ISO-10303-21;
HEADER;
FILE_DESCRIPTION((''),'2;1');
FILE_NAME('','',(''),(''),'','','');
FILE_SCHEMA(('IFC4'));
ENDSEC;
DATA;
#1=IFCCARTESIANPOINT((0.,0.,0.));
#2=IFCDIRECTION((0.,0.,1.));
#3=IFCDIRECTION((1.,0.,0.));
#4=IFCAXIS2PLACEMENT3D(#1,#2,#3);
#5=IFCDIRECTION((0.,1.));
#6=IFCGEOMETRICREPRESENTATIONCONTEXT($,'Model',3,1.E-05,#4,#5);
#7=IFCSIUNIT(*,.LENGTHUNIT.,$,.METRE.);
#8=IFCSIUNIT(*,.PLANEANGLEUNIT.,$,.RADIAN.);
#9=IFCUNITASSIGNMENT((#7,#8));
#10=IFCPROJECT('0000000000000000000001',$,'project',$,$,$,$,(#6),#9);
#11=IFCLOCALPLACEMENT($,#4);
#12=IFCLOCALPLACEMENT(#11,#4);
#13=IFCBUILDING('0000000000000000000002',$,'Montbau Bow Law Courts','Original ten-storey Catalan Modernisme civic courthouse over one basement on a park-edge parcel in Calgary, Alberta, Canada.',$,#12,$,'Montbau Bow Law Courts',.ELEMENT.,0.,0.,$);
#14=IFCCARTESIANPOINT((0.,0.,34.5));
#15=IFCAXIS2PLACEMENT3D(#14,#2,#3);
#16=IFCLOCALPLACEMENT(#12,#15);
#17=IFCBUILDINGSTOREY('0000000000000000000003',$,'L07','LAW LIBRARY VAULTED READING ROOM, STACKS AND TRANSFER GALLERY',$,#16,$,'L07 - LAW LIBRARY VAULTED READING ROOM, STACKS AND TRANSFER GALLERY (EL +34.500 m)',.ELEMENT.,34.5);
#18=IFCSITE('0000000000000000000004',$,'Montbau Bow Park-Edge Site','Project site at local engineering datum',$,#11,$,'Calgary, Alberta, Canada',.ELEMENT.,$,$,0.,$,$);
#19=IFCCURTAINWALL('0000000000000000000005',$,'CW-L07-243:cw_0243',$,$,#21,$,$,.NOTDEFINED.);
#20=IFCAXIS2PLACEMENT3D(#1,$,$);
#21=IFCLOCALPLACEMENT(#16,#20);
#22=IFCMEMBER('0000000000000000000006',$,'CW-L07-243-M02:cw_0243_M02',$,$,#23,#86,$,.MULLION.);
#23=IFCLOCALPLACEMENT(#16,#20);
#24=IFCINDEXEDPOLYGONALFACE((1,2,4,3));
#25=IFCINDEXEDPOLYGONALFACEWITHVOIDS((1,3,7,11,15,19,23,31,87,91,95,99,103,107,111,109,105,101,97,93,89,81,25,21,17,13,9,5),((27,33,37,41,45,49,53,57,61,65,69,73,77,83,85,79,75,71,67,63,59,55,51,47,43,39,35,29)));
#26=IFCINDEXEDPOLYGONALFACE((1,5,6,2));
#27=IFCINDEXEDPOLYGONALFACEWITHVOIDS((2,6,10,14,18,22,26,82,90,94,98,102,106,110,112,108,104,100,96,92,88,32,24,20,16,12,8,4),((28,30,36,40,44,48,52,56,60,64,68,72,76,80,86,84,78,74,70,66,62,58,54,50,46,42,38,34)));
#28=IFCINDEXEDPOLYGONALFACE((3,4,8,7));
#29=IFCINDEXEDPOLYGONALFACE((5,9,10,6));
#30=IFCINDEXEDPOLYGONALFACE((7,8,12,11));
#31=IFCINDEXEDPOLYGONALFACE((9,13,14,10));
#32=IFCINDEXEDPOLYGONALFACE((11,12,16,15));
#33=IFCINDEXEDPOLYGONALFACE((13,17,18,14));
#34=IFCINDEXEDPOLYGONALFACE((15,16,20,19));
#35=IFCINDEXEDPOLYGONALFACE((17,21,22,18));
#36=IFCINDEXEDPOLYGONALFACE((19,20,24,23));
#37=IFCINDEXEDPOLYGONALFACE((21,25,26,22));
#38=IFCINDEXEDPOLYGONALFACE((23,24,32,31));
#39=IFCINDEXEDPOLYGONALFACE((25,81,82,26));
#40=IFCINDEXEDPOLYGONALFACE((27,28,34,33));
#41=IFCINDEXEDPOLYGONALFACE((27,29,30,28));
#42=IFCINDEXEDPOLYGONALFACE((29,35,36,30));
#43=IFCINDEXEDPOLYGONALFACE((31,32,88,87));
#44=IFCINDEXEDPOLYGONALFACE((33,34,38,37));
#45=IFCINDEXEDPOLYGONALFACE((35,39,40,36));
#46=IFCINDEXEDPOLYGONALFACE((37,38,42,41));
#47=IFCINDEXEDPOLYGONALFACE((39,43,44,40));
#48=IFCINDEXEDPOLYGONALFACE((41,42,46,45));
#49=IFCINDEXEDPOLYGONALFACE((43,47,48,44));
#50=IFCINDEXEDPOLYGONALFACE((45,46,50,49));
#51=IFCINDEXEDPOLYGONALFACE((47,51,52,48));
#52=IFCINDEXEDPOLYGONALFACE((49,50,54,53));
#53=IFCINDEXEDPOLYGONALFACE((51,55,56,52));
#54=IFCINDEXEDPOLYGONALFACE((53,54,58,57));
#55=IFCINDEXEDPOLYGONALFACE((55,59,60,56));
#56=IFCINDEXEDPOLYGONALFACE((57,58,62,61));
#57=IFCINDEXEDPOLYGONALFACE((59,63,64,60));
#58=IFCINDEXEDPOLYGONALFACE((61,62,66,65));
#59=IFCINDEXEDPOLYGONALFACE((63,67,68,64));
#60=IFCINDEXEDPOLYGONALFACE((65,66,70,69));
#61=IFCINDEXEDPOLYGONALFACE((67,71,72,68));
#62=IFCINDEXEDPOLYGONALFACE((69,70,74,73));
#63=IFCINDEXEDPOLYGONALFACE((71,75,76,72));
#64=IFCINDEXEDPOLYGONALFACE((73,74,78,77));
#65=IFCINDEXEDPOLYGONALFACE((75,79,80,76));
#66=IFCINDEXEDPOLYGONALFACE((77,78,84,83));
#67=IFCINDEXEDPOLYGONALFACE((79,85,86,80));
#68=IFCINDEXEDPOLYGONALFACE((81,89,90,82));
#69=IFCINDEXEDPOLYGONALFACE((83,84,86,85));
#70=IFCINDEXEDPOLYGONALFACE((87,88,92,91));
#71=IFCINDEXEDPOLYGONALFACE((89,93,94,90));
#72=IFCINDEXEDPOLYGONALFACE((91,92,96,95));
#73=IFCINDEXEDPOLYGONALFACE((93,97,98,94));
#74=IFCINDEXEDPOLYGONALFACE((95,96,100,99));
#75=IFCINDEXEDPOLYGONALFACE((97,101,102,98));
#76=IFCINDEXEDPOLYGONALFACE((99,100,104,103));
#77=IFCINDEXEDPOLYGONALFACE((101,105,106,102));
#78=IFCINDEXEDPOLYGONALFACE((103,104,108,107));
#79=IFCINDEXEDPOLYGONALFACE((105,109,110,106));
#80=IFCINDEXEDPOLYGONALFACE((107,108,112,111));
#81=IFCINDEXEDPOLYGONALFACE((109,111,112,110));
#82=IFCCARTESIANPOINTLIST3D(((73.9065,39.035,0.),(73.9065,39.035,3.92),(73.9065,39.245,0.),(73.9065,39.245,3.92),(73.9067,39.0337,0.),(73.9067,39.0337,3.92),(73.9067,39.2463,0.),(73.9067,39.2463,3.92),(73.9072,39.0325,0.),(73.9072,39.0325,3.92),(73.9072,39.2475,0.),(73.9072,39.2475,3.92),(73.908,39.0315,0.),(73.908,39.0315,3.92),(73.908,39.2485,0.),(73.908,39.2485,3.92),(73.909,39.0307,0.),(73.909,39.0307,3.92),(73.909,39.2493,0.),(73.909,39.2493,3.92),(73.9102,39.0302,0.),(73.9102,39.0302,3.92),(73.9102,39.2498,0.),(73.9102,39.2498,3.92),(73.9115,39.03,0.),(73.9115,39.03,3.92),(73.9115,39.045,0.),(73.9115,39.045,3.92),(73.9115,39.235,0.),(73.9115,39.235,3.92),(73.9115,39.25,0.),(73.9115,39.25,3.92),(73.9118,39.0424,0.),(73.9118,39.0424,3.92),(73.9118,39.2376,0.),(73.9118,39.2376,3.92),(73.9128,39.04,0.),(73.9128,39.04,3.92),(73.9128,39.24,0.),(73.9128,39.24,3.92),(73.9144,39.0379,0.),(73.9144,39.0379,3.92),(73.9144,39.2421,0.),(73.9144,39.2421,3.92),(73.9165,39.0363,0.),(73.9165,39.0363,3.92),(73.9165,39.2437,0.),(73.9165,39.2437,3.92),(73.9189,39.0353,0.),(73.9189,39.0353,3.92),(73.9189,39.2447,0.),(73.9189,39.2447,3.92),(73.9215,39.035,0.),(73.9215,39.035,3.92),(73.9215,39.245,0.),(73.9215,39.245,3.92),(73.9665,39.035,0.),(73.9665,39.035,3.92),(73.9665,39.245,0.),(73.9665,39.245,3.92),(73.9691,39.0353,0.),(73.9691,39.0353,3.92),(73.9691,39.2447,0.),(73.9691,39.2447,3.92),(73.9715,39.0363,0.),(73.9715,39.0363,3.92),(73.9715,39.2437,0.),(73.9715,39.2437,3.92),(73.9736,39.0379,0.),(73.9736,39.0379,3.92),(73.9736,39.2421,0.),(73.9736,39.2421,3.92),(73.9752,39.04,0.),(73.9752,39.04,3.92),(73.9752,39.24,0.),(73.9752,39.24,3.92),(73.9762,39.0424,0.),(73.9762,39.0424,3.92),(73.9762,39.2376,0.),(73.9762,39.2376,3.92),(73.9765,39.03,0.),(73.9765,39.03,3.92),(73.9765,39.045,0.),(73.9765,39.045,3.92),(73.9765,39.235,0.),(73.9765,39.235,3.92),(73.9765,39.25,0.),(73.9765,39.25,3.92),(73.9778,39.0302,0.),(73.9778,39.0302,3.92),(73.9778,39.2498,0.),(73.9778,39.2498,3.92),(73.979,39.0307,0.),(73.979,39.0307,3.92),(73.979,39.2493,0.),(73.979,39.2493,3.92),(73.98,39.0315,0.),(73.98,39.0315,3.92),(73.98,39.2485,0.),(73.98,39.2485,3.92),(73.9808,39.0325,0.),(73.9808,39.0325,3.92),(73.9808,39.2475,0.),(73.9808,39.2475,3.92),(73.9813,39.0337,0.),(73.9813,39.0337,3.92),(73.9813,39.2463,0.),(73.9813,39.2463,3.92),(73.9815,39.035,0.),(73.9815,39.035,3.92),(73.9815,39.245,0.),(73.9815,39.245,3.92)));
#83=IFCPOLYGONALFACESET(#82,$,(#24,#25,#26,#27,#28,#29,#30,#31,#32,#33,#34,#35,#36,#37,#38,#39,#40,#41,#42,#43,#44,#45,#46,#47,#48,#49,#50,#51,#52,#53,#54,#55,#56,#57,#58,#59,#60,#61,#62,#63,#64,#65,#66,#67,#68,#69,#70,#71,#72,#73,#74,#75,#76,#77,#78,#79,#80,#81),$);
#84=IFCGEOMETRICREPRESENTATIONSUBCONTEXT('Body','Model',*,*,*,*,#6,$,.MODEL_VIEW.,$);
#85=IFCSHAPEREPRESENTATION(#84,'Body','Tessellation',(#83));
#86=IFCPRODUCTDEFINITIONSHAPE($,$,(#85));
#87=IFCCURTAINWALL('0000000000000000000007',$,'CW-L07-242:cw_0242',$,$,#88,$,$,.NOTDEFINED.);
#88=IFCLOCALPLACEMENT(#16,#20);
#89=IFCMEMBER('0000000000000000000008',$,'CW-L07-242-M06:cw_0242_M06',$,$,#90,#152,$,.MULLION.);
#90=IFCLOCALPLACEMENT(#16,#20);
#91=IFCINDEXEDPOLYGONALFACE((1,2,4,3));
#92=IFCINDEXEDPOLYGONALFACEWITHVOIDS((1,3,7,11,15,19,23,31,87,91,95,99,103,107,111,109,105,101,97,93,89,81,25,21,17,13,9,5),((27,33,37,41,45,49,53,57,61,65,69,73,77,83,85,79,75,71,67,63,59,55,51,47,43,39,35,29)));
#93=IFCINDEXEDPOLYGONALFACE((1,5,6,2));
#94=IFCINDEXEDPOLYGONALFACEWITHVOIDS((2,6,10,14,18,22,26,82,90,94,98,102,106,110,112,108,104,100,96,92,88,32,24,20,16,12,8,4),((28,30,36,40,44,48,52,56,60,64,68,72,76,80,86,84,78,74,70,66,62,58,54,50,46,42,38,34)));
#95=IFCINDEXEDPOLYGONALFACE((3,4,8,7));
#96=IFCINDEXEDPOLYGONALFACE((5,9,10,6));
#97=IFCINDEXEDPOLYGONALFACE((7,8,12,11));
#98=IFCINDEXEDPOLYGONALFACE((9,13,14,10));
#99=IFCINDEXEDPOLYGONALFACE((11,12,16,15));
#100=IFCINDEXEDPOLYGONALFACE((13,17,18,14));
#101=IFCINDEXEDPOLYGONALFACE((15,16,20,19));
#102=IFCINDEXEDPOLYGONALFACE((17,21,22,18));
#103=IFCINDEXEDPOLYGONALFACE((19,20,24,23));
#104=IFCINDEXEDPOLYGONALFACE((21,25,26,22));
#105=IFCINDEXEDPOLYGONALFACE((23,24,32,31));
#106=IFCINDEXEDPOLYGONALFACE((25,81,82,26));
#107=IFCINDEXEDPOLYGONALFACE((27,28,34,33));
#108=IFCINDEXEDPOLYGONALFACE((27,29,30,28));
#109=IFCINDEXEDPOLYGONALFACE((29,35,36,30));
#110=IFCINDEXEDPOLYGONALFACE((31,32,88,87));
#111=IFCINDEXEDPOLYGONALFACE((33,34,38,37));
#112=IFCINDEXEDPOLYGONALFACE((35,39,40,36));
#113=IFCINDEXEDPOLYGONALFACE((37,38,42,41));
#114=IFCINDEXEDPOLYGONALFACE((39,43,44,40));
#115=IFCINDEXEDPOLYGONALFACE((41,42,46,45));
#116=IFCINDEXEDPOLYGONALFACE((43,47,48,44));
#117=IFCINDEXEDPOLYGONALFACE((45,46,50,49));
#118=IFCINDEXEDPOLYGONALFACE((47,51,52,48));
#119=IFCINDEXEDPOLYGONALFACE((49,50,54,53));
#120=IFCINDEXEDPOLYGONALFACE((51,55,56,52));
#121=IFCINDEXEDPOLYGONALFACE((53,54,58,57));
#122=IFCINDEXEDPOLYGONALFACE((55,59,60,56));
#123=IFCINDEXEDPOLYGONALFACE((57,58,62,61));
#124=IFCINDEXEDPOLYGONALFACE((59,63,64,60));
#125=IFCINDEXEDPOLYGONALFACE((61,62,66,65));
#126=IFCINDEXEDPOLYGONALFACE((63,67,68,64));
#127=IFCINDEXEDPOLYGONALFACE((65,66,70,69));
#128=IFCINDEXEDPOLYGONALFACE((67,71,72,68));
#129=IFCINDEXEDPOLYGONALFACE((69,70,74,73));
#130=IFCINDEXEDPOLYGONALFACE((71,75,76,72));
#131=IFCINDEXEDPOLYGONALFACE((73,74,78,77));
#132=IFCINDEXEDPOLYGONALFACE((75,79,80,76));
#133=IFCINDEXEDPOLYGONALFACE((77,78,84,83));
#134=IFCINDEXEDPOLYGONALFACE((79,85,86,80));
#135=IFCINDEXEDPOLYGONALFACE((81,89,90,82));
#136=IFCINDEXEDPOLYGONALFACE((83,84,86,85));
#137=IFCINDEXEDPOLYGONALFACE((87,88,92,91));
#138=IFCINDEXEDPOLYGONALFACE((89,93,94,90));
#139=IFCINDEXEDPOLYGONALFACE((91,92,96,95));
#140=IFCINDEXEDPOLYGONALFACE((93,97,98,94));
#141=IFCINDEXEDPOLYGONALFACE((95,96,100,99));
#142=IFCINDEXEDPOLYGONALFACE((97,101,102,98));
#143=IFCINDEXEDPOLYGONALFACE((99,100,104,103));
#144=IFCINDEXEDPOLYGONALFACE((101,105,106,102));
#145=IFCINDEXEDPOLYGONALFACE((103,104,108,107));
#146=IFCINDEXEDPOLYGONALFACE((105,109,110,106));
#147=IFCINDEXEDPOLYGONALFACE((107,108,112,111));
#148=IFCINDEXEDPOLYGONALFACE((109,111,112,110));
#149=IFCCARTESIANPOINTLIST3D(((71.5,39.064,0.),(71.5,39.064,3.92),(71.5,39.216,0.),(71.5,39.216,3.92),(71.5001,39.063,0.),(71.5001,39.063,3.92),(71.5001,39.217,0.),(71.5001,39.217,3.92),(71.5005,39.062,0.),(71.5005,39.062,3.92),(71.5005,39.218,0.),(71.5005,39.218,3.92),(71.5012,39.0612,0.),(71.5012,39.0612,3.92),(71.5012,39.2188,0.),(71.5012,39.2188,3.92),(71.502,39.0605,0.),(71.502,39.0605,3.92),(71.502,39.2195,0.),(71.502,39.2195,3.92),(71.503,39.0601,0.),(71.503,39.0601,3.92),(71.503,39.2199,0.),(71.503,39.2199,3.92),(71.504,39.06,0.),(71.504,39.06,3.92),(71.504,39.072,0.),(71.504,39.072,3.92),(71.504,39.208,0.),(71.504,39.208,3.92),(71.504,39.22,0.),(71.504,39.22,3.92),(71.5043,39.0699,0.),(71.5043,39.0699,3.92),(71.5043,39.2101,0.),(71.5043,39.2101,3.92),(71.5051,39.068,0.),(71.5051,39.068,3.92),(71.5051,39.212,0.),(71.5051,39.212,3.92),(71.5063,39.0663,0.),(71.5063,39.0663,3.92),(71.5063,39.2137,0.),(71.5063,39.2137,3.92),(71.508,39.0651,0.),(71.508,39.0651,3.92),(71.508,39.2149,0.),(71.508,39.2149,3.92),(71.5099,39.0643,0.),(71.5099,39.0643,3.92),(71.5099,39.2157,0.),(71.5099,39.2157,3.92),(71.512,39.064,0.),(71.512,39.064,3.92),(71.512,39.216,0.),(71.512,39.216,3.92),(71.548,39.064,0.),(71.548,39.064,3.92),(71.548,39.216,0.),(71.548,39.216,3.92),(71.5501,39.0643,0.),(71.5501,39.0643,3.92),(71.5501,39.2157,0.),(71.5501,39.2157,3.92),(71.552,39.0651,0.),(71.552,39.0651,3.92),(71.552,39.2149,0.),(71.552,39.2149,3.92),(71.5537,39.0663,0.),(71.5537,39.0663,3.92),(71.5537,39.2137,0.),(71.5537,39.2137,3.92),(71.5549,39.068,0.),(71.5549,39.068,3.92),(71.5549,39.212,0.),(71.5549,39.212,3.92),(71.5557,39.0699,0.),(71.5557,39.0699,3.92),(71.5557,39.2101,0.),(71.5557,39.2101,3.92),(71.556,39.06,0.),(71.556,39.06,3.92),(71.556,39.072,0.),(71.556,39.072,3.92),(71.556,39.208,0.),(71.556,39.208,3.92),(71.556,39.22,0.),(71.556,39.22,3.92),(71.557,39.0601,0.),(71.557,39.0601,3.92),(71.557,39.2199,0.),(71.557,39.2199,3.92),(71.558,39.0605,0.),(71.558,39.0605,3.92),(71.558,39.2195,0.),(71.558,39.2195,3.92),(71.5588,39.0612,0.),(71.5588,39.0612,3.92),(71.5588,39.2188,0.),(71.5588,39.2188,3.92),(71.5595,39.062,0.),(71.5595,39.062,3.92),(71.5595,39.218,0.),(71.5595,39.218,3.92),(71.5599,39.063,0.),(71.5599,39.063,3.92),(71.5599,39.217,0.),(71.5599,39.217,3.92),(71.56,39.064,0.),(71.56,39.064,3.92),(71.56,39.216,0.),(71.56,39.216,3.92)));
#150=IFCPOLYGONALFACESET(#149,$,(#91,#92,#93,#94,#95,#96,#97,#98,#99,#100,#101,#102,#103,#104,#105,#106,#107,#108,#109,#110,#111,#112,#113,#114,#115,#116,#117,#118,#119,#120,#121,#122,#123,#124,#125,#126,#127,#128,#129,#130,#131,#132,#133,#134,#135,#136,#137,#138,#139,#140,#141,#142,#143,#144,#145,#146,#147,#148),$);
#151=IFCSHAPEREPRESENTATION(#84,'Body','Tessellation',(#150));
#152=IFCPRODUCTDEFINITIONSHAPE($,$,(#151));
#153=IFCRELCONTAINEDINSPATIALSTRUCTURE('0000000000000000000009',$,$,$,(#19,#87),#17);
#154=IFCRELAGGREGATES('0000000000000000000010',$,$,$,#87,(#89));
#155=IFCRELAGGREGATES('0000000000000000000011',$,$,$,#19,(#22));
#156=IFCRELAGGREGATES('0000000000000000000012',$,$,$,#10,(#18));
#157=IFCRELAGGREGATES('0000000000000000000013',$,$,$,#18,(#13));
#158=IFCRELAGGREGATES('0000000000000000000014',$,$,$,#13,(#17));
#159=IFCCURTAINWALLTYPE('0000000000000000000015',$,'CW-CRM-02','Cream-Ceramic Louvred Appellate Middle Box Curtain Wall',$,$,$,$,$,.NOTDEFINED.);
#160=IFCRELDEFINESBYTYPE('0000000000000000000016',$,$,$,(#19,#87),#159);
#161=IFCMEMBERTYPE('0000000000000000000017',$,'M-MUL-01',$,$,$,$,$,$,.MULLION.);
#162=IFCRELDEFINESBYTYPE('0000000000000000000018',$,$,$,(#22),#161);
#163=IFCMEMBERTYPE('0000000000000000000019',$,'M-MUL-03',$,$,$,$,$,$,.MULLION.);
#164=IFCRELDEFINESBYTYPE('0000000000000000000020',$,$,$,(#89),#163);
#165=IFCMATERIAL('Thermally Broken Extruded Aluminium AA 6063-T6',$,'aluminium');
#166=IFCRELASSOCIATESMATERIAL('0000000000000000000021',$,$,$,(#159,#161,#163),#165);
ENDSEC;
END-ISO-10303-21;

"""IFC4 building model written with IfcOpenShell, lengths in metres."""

from ifc_helpers import new_model, si_unit, direction, frame, origin_with_axes, origin_2d_with_axis, place, context, subcontext, project, spatial, hollow_rectangle, extrude, material, material_profile, profile_set, type_object, element, aggregate, save


model = new_model("IFC4")

# Units and contexts
model_context = context("Model", 3, precision=1e-05, world=origin_with_axes(), true_north=direction((0.0, 1.0)))
body_context = subcontext(model_context, "Body", "Model", "MODEL_VIEW")
ifc_project = project(units=[si_unit("LENGTHUNIT", "METRE"), si_unit("PLANEANGLEUNIT", "RADIAN")], contexts=[model_context])

# Site, building, storey
site_placement = place(None, origin_with_axes())
site = spatial("IfcSite", under=ifc_project, at=site_placement, Name="Montbau Bow Park-Edge Site", Description="Project site at local engineering datum", LongName="Calgary, Alberta, Canada", CompositionType="ELEMENT", RefElevation=0.0)
building_placement = place(site_placement, origin_with_axes())
building = spatial("IfcBuilding", under=site, at=building_placement, Name="Montbau Bow Law Courts", Description="Original ten-storey Catalan Modernisme civic courthouse over one basement on a park-edge parcel in Calgary, Alberta, Canada.", LongName="Montbau Bow Law Courts", CompositionType="ELEMENT", ElevationOfRefHeight=0.0, ElevationOfTerrain=0.0)
storey_placement = place(building_placement, frame((0.0, 0.0, 34.5), z_axis=(0.0, 0.0, 1.0), x_axis=(1.0, 0.0, 0.0)))
storey = spatial("IfcBuildingStorey", under=building, at=storey_placement, Name="L07", Description="LAW LIBRARY VAULTED READING ROOM, STACKS AND TRANSFER GALLERY", LongName="L07 - LAW LIBRARY VAULTED READING ROOM, STACKS AND TRANSFER GALLERY (EL +34.500 m)", CompositionType="ELEMENT", Elevation=34.5)

# Curtain walls, members
ifc_material_1 = material(Name="Thermally Broken Extruded Aluminium AA 6063-T6", Category="aluminium")
curtain_wall_type = type_object("IfcCurtainWallType", Name="CW-CRM-02", Description="Cream-Ceramic Louvred Appellate Middle Box Curtain Wall", PredefinedType="NOTDEFINED", material=ifc_material_1)
curtain_wall_1_placement = place(None, frame((72.44, 39.14, 34.5), z_axis=(0.0, 0.0, 1.0), x_axis=(1.0, 0.0, 0.0)))
curtain_wall_1 = element("IfcCurtainWall", 1, at=curtain_wall_1_placement, inside=storey, type_object=curtain_wall_type, Name="CW-L07-243:cw_0243", PredefinedType="NOTDEFINED")
ifc_material_profile_1 = material_profile(ifc_material_1, hollow_rectangle(XDim=0.075, YDim=0.22, WallThickness=0.005, InnerFilletRadius=0.01, OuterFilletRadius=0.005, at=origin_2d_with_axis()), Name="CWM-220X75", Category="Main", Priority=0)
ifc_profile_set_1 = profile_set([ifc_material_profile_1], Name="Thermally Broken Extruded Aluminium AA 6063-T6")
member_type_1 = type_object("IfcMemberType", Name="M-MUL-01", PredefinedType="MULLION", material=ifc_profile_set_1)
member_1_placement = place(None, frame((73.944, 39.14, 34.5), z_axis=(0.0, 0.0, 1.0), x_axis=(1.0, 0.0, 0.0)))
member_1 = element("IfcMember", 2, at=member_1_placement, type_object=member_type_1, Name="CW-L07-243-M02:cw_0243_M02", PredefinedType="MULLION", context=body_context, shape_type="SweptSolid", body=[
    extrude(hollow_rectangle(XDim=0.075, YDim=0.22, WallThickness=0.005, InnerFilletRadius=0.01, OuterFilletRadius=0.005, at=origin_2d_with_axis()), origin_with_axes(), (0.0, 0.0, 1.0), 3.92),
])
curtain_wall_2_placement = place(None, frame((64.04, 39.14, 34.5), z_axis=(0.0, 0.0, 1.0), x_axis=(1.0, 0.0, 0.0)))
curtain_wall_2 = element("IfcCurtainWall", 3, at=curtain_wall_2_placement, inside=storey, type_object=curtain_wall_type, Name="CW-L07-242:cw_0242", PredefinedType="NOTDEFINED")
ifc_material_profile_2 = material_profile(ifc_material_1, hollow_rectangle(XDim=0.06, YDim=0.16, WallThickness=0.004, InnerFilletRadius=0.008, OuterFilletRadius=0.004, at=origin_2d_with_axis()), Name="CWM-160X60", Category="Main", Priority=0)
ifc_profile_set_2 = profile_set([ifc_material_profile_2], Name="Thermally Broken Extruded Aluminium AA 6063-T6")
member_type_2 = type_object("IfcMemberType", Name="M-MUL-03", PredefinedType="MULLION", material=ifc_profile_set_2)
member_2_placement = place(None, frame((71.53, 39.14, 34.5), z_axis=(0.0, 0.0, 1.0), x_axis=(1.0, 0.0, 0.0)))
member_2 = element("IfcMember", 4, at=member_2_placement, type_object=member_type_2, Name="CW-L07-242-M06:cw_0242_M06", PredefinedType="MULLION", context=body_context, shape_type="SweptSolid", body=[
    extrude(hollow_rectangle(XDim=0.06, YDim=0.16, WallThickness=0.004, InnerFilletRadius=0.008, OuterFilletRadius=0.004, at=origin_2d_with_axis()), origin_with_axes(), (0.0, 0.0, 1.0), 3.92),
])
aggregate(curtain_wall_2, [member_2])

aggregate(curtain_wall_1, [member_1])

save(model, "model.ifc")
